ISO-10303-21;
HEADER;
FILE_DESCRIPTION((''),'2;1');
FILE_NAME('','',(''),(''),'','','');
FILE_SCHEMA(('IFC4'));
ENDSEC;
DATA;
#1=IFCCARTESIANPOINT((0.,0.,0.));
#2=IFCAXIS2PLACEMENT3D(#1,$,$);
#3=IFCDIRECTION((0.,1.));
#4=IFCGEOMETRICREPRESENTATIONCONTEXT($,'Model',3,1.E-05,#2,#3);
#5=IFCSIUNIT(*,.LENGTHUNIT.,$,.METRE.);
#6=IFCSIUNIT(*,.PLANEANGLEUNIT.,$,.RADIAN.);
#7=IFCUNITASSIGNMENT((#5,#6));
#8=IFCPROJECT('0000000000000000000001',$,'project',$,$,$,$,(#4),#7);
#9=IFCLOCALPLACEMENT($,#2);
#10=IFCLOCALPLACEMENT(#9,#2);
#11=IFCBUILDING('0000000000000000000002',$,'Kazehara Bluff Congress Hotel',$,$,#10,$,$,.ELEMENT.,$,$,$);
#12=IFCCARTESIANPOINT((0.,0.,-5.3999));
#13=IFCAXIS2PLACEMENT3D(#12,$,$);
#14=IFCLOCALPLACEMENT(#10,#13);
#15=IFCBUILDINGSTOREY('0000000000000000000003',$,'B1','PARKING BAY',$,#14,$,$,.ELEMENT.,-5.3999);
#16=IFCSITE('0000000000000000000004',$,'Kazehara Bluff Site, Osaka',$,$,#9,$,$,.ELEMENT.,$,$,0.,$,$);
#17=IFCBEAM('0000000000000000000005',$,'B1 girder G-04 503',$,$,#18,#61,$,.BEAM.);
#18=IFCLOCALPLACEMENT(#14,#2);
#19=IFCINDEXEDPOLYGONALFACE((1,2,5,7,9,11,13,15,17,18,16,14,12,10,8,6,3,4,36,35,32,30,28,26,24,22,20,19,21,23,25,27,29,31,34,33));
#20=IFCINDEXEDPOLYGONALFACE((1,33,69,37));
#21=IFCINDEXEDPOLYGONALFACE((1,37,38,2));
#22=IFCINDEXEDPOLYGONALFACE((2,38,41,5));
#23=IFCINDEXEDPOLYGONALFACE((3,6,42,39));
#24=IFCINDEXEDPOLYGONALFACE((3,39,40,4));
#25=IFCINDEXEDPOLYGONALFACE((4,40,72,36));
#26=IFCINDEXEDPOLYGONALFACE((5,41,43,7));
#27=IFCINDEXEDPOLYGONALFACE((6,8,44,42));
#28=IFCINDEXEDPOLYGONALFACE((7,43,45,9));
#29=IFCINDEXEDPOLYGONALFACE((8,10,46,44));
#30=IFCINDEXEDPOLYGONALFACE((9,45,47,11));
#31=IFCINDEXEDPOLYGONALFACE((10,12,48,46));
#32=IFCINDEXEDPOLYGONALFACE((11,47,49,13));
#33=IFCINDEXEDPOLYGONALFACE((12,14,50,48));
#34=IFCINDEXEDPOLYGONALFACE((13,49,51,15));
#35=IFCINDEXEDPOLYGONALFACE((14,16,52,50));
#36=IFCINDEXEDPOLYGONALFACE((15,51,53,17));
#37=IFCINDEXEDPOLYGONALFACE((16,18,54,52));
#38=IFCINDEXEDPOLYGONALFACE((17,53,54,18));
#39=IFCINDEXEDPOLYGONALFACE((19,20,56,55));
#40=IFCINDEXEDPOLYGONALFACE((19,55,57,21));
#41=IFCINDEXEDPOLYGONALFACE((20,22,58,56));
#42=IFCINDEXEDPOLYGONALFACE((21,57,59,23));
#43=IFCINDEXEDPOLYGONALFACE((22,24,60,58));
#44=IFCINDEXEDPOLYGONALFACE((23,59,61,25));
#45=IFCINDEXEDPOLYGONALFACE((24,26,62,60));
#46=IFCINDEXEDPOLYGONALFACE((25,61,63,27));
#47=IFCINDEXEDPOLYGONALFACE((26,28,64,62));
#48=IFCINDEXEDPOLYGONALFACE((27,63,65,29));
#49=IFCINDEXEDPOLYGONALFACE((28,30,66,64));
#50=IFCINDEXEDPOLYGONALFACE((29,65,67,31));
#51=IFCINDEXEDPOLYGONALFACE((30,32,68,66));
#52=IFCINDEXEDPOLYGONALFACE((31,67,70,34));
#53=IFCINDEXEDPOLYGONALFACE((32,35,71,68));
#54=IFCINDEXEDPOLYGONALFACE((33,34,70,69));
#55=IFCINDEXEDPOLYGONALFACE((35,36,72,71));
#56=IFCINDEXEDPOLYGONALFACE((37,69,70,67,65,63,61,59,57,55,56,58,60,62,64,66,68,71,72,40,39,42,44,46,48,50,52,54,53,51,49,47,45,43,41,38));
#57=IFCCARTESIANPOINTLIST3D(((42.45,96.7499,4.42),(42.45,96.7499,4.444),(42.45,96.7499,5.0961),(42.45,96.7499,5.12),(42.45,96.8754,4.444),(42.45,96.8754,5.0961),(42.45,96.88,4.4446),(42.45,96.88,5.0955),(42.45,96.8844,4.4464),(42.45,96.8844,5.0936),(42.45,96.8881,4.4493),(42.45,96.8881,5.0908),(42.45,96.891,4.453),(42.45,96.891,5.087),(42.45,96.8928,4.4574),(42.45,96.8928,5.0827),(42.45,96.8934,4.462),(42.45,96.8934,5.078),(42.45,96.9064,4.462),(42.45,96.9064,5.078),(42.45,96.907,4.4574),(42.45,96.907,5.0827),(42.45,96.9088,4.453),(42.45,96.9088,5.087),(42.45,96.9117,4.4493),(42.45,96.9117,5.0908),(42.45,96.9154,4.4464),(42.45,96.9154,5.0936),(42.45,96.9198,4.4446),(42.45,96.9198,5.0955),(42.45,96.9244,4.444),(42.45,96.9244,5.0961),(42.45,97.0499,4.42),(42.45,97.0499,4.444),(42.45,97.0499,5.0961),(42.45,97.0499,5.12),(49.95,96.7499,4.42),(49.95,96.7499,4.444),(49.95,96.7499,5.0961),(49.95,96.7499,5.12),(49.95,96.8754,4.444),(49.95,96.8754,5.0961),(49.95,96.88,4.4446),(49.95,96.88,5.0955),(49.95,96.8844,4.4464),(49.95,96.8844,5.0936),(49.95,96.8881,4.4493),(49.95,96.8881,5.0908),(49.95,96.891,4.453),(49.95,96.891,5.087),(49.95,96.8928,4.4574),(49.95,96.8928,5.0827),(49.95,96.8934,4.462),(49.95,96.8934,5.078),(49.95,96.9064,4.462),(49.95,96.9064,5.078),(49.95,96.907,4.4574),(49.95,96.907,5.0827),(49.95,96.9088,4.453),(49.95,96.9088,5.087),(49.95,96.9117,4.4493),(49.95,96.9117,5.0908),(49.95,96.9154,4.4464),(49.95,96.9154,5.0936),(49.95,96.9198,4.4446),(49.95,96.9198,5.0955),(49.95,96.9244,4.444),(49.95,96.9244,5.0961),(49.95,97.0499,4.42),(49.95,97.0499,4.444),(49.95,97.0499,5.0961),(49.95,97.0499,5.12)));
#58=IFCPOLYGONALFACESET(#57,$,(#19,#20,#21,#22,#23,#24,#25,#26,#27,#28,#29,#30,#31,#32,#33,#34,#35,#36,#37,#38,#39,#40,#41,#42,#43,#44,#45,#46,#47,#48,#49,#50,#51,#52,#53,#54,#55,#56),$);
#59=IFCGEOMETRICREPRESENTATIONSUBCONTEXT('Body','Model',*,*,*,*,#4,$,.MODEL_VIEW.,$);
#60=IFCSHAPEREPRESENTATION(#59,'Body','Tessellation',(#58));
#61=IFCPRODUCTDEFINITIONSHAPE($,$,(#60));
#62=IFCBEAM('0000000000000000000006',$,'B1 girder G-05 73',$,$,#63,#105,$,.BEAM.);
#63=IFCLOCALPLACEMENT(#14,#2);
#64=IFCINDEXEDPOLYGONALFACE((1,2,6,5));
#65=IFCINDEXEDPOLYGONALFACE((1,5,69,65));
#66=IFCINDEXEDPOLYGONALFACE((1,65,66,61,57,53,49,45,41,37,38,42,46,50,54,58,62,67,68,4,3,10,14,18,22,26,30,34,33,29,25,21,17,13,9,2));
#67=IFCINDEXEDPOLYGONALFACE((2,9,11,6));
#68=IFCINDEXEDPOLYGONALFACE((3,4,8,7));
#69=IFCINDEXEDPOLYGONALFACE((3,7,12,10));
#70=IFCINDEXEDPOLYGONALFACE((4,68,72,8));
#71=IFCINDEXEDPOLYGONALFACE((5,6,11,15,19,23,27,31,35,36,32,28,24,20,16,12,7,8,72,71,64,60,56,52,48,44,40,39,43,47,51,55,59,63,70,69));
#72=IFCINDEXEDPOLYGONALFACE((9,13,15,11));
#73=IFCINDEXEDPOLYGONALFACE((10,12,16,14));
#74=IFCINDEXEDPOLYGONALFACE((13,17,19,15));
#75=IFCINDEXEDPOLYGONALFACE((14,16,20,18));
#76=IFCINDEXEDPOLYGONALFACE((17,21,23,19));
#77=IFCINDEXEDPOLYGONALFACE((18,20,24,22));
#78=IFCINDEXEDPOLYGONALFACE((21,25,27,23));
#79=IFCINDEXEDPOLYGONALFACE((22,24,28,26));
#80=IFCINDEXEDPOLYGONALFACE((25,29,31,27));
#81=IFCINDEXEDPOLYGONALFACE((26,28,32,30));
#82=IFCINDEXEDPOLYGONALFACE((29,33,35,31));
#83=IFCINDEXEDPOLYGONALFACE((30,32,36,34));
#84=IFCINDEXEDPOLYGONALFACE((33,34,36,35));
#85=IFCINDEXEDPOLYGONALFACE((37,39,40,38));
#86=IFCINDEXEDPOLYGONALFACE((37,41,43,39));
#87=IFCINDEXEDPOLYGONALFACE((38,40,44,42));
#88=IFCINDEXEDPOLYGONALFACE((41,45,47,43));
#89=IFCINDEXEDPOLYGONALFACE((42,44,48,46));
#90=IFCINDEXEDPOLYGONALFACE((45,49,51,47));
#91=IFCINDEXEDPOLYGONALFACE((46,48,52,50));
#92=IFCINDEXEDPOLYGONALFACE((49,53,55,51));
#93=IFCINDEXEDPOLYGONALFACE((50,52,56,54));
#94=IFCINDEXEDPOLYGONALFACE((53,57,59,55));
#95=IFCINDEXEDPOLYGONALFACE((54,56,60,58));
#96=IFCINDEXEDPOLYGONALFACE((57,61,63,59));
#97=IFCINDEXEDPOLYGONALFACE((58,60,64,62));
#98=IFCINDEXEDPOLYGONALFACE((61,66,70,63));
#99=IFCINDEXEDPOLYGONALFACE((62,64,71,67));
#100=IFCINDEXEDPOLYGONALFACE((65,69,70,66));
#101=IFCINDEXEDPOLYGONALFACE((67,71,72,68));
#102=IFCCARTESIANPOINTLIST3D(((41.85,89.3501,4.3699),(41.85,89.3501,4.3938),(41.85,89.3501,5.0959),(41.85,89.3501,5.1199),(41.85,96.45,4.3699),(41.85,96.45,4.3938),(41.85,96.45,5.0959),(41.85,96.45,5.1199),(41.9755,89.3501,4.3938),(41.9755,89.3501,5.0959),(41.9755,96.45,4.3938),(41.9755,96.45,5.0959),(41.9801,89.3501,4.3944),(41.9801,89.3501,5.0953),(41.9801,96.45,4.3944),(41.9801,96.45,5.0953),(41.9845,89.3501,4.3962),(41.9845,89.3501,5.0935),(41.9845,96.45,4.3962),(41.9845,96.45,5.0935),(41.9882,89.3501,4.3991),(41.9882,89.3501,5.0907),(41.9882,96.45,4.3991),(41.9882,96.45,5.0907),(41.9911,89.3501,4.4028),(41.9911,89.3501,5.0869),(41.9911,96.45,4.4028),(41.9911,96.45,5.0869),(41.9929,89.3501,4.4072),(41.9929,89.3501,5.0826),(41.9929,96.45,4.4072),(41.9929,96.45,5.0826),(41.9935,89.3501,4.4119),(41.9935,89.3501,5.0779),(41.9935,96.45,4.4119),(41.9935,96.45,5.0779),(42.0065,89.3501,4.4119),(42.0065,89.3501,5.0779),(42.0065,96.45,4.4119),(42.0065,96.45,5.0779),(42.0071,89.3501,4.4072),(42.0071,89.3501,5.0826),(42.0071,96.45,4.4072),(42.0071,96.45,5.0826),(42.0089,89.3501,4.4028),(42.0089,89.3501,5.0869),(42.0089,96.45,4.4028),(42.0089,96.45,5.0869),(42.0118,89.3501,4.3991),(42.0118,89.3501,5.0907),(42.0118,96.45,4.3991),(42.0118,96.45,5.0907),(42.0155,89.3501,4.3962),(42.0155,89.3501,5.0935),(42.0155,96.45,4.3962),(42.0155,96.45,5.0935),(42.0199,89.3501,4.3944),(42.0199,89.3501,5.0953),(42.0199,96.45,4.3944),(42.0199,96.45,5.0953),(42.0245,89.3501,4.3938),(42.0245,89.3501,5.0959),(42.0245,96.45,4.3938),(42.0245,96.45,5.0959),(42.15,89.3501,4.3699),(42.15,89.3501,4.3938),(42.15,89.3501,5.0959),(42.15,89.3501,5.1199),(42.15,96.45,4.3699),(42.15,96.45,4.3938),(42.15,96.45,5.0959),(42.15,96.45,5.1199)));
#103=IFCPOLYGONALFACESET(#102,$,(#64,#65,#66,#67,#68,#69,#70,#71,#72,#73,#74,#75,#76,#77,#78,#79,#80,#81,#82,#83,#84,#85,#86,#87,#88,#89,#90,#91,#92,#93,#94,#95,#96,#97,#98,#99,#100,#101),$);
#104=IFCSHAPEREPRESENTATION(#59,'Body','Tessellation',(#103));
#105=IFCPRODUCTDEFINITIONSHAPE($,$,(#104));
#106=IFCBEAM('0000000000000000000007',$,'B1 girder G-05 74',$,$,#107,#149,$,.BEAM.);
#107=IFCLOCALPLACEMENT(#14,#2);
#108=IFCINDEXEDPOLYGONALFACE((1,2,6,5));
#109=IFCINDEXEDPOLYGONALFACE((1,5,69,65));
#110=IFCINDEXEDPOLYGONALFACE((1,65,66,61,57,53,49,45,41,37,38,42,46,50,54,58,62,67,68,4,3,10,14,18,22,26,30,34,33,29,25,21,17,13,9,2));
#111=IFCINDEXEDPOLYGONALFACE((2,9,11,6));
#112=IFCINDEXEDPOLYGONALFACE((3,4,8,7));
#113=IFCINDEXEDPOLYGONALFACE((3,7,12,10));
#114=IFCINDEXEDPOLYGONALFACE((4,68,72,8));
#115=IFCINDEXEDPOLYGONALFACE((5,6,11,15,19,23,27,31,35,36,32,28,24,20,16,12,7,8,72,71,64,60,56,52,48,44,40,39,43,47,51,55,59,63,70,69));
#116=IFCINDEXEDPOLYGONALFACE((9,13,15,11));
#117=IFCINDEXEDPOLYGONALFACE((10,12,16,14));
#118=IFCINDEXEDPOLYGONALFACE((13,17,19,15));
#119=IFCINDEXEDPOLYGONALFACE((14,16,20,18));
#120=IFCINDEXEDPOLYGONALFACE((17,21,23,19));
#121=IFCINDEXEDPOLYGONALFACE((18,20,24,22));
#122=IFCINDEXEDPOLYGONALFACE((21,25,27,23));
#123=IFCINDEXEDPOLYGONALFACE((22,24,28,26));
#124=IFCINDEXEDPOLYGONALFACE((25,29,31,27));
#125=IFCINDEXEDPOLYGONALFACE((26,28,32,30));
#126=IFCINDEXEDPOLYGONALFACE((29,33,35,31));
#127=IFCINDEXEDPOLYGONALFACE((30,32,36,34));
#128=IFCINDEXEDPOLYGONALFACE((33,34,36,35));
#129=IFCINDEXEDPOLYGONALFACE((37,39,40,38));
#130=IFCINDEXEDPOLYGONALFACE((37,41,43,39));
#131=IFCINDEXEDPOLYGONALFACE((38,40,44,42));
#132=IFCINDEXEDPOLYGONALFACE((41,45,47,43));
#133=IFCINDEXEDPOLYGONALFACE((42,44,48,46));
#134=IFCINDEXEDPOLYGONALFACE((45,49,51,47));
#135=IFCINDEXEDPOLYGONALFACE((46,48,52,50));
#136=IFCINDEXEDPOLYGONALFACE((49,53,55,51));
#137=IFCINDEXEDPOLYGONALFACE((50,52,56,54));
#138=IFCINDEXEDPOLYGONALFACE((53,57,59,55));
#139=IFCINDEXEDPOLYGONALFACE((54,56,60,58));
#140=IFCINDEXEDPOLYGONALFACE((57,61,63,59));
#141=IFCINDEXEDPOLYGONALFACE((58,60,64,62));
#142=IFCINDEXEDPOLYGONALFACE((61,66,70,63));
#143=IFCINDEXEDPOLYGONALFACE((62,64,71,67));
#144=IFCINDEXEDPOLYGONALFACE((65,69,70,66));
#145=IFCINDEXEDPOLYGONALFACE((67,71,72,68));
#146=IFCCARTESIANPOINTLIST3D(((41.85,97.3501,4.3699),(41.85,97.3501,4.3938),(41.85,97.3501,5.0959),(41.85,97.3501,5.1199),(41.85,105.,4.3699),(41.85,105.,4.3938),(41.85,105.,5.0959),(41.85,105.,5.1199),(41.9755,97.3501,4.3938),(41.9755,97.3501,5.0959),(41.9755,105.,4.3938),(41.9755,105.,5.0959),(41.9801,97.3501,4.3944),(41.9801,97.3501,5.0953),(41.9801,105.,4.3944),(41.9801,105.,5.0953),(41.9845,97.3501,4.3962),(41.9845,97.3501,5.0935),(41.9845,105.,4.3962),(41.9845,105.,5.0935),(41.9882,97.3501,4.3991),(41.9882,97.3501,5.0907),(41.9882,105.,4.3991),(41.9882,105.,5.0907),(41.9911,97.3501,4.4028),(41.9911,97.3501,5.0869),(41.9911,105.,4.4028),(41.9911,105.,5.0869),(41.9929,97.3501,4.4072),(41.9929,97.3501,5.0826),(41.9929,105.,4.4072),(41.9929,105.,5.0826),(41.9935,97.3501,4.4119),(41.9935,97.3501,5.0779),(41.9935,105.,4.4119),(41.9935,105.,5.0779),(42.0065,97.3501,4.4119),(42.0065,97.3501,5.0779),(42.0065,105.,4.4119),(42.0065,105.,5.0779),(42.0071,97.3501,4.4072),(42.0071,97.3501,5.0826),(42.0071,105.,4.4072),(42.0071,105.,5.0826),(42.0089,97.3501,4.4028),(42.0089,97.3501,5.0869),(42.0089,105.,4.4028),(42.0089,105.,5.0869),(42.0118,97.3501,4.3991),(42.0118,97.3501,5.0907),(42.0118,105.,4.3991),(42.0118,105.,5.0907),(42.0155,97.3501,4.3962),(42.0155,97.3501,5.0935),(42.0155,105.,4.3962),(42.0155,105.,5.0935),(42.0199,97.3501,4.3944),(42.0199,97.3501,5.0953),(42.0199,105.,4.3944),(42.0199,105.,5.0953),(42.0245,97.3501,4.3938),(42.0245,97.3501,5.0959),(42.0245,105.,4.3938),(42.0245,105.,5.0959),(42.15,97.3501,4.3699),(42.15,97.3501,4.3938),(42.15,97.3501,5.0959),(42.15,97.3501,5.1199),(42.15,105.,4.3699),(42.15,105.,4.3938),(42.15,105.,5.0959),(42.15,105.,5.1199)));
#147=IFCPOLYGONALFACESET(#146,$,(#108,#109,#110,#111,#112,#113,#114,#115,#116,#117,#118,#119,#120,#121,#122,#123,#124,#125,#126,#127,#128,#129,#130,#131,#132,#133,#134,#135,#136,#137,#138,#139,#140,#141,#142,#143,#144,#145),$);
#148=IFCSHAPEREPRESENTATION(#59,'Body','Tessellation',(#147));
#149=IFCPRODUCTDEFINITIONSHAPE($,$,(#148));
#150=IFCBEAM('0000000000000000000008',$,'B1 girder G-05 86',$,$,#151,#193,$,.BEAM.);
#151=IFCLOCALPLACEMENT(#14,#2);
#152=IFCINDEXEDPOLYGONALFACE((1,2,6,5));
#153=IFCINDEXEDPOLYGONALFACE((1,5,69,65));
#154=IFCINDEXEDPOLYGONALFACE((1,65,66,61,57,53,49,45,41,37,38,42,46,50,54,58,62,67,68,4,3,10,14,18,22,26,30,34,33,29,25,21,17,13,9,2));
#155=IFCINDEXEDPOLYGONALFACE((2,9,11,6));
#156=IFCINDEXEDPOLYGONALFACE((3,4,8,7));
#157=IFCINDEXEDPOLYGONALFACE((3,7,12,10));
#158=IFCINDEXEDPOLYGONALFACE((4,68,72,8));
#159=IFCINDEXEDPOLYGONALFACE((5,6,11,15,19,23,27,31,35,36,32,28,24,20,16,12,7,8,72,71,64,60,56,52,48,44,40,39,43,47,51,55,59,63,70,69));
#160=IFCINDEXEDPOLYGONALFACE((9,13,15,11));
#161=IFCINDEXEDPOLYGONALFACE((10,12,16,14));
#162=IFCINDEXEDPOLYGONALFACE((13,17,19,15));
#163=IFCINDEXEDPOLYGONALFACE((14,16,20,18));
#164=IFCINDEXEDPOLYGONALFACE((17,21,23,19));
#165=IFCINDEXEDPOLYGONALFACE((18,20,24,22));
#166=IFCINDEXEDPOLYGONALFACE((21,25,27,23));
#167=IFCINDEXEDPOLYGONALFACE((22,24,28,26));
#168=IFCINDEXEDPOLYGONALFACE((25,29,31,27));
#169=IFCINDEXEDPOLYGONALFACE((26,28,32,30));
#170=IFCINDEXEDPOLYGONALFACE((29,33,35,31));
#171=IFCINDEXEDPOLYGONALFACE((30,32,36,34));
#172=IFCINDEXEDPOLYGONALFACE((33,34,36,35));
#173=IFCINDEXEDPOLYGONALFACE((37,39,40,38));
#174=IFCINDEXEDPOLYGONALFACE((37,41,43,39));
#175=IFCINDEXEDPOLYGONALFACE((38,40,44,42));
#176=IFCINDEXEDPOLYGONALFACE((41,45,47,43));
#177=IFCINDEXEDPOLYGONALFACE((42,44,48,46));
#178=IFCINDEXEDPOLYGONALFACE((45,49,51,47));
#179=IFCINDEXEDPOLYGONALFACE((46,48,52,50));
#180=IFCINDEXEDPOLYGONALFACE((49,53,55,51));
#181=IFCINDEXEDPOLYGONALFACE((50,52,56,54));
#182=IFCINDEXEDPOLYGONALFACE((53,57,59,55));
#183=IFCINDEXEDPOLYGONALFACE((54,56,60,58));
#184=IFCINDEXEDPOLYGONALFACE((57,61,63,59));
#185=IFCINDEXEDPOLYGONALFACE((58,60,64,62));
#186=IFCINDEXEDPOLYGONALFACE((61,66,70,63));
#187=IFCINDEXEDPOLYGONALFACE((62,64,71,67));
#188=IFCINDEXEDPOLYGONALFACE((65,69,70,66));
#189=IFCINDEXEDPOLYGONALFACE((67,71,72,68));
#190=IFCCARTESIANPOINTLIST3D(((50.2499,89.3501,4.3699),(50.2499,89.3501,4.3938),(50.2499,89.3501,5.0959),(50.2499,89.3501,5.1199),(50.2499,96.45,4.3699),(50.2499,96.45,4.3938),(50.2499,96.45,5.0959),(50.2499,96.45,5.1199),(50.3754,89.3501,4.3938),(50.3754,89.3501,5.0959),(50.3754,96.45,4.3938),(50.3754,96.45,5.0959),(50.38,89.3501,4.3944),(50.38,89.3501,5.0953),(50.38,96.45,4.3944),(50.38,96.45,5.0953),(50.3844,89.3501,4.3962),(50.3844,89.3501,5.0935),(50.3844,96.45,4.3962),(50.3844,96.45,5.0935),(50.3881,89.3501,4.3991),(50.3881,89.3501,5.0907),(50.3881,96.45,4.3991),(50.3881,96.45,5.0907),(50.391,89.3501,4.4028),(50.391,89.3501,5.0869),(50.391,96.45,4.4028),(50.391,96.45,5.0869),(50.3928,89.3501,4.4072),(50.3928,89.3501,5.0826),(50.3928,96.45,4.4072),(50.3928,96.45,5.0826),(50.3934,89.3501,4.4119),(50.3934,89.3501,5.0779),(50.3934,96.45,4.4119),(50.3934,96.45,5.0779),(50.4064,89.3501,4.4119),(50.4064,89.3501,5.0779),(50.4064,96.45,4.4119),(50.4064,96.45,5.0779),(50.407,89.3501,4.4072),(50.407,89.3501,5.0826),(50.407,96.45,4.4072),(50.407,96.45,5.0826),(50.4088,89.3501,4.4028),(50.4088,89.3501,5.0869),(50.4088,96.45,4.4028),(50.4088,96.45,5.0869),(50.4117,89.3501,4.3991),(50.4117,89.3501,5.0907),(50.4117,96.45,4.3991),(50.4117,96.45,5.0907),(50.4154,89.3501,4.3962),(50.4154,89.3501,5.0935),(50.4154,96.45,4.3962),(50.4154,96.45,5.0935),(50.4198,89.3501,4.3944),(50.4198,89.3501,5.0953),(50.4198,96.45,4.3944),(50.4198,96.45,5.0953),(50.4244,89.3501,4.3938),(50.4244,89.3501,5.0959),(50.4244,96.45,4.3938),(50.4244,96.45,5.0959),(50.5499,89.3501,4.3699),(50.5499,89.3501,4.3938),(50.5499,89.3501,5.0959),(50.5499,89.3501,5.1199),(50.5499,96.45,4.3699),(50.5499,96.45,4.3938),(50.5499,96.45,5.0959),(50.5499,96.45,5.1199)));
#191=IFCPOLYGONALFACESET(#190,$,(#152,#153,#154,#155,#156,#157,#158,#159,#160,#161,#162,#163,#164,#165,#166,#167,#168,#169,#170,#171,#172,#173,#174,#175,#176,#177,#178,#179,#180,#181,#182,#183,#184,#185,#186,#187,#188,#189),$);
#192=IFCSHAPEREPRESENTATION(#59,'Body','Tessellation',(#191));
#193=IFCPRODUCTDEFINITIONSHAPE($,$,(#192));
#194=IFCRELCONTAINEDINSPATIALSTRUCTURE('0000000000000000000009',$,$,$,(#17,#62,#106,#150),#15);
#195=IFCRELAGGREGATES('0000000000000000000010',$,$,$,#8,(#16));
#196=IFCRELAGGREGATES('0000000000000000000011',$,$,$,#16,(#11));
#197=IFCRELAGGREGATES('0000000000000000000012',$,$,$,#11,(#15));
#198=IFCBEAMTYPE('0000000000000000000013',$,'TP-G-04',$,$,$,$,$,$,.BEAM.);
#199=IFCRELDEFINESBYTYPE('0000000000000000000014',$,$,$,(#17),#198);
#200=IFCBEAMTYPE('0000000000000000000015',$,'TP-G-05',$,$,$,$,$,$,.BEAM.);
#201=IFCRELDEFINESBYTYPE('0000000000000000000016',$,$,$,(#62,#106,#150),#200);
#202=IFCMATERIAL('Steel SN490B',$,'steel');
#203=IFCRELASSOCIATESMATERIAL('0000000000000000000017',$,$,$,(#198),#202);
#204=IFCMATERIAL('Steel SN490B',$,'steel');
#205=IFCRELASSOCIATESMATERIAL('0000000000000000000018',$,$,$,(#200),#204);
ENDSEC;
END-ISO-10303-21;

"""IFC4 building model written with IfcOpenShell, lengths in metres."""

from ifc_helpers import new_model, si_unit, direction, frame, origin, origin_2d, place, context, subcontext, project, spatial, i_section, extrude, material, material_profile, profile_set, type_object, element, save


model = new_model("IFC4")

# Units and contexts
model_context = context("Model", 3, precision=1e-05, world=origin(), true_north=direction((0.0, 1.0)))
body_context = subcontext(model_context, "Body", "Model", "MODEL_VIEW")
ifc_project = project(units=[si_unit("LENGTHUNIT", "METRE"), si_unit("PLANEANGLEUNIT", "RADIAN")], contexts=[model_context])

# Site, building, storey
site_placement = place(None, origin())
site = spatial("IfcSite", under=ifc_project, at=site_placement, Name="Kazehara Bluff Site, Osaka", CompositionType="ELEMENT", RefElevation=0.0)
building_placement = place(site_placement, origin())
building = spatial("IfcBuilding", under=site, at=building_placement, Name="Kazehara Bluff Congress Hotel", CompositionType="ELEMENT")
storey_placement = place(building_placement, frame((0.0, 0.0, -5.3999)))
storey = spatial("IfcBuildingStorey", under=building, at=storey_placement, Name="B1", Description="PARKING BAY", CompositionType="ELEMENT", Elevation=-5.3999)

# Beams
ifc_material_1 = material(Name="Steel SN490B", Category="steel")
ifc_material_profile_1 = material_profile(ifc_material_1, i_section(OverallWidth=0.3, OverallDepth=0.7, WebThickness=0.0129, FlangeThickness=0.0239, FilletRadius=0.0181, at=origin_2d()))
ifc_profile_set_1 = profile_set([ifc_material_profile_1], Name="Steel SN490B")
beam_type_1 = type_object("IfcBeamType", Name="TP-G-04", PredefinedType="BEAM", material=ifc_profile_set_1)
beam_1_placement = place(storey_placement, frame((42.45, 96.8999, 4.77), z_axis=(1.0, 0.0, 0.0), x_axis=(0.0, 1.0, 0.0)))
element("IfcBeam", 1, at=beam_1_placement, inside=storey, type_object=beam_type_1, Name="B1 girder G-04 503", PredefinedType="BEAM", context=body_context, shape_type="SweptSolid", body=[
    extrude(i_section(OverallWidth=0.3, OverallDepth=0.7, WebThickness=0.0129, FlangeThickness=0.0239, FilletRadius=0.0181, at=origin_2d()), origin(), (0.0, 0.0, 1.0), 7.5),
])
ifc_material_2 = material(Name="Steel SN490B", Category="steel")
ifc_material_profile_2 = material_profile(ifc_material_2, i_section(OverallWidth=0.3, OverallDepth=0.75, WebThickness=0.0129, FlangeThickness=0.0239, FilletRadius=0.0181, at=origin_2d()))
ifc_profile_set_2 = profile_set([ifc_material_profile_2], Name="Steel SN490B")
beam_type_2 = type_object("IfcBeamType", Name="TP-G-05", PredefinedType="BEAM", material=ifc_profile_set_2)
beam_2_placement = place(storey_placement, frame((42.0, 89.3501, 4.7449), z_axis=(0.0, 1.0, 0.0), x_axis=(-1.0, 0.0, 0.0)))
element("IfcBeam", 2, at=beam_2_placement, inside=storey, type_object=beam_type_2, Name="B1 girder G-05 73", PredefinedType="BEAM", context=body_context, shape_type="SweptSolid", body=[
    extrude(i_section(OverallWidth=0.3, OverallDepth=0.75, WebThickness=0.0129, FlangeThickness=0.0239, FilletRadius=0.0181, at=origin_2d()), origin(), (0.0, 0.0, 1.0), 7.0999),
])
beam_3_placement = place(storey_placement, frame((42.0, 97.3501, 4.7449), z_axis=(0.0, 1.0, 0.0), x_axis=(-1.0, 0.0, 0.0)))
element("IfcBeam", 3, at=beam_3_placement, inside=storey, type_object=beam_type_2, Name="B1 girder G-05 74", PredefinedType="BEAM", context=body_context, shape_type="SweptSolid", body=[
    extrude(i_section(OverallWidth=0.3, OverallDepth=0.75, WebThickness=0.0129, FlangeThickness=0.0239, FilletRadius=0.0181, at=origin_2d()), origin(), (0.0, 0.0, 1.0), 7.6499),
])
beam_4_placement = place(storey_placement, frame((50.3999, 89.3501, 4.7449), z_axis=(0.0, 1.0, 0.0), x_axis=(-1.0, 0.0, 0.0)))
element("IfcBeam", 4, at=beam_4_placement, inside=storey, type_object=beam_type_2, Name="B1 girder G-05 86", PredefinedType="BEAM", context=body_context, shape_type="SweptSolid", body=[
    extrude(i_section(OverallWidth=0.3, OverallDepth=0.75, WebThickness=0.0129, FlangeThickness=0.0239, FilletRadius=0.0181, at=origin_2d()), origin(), (0.0, 0.0, 1.0), 7.0999),
])

save(model, "model.ifc")
